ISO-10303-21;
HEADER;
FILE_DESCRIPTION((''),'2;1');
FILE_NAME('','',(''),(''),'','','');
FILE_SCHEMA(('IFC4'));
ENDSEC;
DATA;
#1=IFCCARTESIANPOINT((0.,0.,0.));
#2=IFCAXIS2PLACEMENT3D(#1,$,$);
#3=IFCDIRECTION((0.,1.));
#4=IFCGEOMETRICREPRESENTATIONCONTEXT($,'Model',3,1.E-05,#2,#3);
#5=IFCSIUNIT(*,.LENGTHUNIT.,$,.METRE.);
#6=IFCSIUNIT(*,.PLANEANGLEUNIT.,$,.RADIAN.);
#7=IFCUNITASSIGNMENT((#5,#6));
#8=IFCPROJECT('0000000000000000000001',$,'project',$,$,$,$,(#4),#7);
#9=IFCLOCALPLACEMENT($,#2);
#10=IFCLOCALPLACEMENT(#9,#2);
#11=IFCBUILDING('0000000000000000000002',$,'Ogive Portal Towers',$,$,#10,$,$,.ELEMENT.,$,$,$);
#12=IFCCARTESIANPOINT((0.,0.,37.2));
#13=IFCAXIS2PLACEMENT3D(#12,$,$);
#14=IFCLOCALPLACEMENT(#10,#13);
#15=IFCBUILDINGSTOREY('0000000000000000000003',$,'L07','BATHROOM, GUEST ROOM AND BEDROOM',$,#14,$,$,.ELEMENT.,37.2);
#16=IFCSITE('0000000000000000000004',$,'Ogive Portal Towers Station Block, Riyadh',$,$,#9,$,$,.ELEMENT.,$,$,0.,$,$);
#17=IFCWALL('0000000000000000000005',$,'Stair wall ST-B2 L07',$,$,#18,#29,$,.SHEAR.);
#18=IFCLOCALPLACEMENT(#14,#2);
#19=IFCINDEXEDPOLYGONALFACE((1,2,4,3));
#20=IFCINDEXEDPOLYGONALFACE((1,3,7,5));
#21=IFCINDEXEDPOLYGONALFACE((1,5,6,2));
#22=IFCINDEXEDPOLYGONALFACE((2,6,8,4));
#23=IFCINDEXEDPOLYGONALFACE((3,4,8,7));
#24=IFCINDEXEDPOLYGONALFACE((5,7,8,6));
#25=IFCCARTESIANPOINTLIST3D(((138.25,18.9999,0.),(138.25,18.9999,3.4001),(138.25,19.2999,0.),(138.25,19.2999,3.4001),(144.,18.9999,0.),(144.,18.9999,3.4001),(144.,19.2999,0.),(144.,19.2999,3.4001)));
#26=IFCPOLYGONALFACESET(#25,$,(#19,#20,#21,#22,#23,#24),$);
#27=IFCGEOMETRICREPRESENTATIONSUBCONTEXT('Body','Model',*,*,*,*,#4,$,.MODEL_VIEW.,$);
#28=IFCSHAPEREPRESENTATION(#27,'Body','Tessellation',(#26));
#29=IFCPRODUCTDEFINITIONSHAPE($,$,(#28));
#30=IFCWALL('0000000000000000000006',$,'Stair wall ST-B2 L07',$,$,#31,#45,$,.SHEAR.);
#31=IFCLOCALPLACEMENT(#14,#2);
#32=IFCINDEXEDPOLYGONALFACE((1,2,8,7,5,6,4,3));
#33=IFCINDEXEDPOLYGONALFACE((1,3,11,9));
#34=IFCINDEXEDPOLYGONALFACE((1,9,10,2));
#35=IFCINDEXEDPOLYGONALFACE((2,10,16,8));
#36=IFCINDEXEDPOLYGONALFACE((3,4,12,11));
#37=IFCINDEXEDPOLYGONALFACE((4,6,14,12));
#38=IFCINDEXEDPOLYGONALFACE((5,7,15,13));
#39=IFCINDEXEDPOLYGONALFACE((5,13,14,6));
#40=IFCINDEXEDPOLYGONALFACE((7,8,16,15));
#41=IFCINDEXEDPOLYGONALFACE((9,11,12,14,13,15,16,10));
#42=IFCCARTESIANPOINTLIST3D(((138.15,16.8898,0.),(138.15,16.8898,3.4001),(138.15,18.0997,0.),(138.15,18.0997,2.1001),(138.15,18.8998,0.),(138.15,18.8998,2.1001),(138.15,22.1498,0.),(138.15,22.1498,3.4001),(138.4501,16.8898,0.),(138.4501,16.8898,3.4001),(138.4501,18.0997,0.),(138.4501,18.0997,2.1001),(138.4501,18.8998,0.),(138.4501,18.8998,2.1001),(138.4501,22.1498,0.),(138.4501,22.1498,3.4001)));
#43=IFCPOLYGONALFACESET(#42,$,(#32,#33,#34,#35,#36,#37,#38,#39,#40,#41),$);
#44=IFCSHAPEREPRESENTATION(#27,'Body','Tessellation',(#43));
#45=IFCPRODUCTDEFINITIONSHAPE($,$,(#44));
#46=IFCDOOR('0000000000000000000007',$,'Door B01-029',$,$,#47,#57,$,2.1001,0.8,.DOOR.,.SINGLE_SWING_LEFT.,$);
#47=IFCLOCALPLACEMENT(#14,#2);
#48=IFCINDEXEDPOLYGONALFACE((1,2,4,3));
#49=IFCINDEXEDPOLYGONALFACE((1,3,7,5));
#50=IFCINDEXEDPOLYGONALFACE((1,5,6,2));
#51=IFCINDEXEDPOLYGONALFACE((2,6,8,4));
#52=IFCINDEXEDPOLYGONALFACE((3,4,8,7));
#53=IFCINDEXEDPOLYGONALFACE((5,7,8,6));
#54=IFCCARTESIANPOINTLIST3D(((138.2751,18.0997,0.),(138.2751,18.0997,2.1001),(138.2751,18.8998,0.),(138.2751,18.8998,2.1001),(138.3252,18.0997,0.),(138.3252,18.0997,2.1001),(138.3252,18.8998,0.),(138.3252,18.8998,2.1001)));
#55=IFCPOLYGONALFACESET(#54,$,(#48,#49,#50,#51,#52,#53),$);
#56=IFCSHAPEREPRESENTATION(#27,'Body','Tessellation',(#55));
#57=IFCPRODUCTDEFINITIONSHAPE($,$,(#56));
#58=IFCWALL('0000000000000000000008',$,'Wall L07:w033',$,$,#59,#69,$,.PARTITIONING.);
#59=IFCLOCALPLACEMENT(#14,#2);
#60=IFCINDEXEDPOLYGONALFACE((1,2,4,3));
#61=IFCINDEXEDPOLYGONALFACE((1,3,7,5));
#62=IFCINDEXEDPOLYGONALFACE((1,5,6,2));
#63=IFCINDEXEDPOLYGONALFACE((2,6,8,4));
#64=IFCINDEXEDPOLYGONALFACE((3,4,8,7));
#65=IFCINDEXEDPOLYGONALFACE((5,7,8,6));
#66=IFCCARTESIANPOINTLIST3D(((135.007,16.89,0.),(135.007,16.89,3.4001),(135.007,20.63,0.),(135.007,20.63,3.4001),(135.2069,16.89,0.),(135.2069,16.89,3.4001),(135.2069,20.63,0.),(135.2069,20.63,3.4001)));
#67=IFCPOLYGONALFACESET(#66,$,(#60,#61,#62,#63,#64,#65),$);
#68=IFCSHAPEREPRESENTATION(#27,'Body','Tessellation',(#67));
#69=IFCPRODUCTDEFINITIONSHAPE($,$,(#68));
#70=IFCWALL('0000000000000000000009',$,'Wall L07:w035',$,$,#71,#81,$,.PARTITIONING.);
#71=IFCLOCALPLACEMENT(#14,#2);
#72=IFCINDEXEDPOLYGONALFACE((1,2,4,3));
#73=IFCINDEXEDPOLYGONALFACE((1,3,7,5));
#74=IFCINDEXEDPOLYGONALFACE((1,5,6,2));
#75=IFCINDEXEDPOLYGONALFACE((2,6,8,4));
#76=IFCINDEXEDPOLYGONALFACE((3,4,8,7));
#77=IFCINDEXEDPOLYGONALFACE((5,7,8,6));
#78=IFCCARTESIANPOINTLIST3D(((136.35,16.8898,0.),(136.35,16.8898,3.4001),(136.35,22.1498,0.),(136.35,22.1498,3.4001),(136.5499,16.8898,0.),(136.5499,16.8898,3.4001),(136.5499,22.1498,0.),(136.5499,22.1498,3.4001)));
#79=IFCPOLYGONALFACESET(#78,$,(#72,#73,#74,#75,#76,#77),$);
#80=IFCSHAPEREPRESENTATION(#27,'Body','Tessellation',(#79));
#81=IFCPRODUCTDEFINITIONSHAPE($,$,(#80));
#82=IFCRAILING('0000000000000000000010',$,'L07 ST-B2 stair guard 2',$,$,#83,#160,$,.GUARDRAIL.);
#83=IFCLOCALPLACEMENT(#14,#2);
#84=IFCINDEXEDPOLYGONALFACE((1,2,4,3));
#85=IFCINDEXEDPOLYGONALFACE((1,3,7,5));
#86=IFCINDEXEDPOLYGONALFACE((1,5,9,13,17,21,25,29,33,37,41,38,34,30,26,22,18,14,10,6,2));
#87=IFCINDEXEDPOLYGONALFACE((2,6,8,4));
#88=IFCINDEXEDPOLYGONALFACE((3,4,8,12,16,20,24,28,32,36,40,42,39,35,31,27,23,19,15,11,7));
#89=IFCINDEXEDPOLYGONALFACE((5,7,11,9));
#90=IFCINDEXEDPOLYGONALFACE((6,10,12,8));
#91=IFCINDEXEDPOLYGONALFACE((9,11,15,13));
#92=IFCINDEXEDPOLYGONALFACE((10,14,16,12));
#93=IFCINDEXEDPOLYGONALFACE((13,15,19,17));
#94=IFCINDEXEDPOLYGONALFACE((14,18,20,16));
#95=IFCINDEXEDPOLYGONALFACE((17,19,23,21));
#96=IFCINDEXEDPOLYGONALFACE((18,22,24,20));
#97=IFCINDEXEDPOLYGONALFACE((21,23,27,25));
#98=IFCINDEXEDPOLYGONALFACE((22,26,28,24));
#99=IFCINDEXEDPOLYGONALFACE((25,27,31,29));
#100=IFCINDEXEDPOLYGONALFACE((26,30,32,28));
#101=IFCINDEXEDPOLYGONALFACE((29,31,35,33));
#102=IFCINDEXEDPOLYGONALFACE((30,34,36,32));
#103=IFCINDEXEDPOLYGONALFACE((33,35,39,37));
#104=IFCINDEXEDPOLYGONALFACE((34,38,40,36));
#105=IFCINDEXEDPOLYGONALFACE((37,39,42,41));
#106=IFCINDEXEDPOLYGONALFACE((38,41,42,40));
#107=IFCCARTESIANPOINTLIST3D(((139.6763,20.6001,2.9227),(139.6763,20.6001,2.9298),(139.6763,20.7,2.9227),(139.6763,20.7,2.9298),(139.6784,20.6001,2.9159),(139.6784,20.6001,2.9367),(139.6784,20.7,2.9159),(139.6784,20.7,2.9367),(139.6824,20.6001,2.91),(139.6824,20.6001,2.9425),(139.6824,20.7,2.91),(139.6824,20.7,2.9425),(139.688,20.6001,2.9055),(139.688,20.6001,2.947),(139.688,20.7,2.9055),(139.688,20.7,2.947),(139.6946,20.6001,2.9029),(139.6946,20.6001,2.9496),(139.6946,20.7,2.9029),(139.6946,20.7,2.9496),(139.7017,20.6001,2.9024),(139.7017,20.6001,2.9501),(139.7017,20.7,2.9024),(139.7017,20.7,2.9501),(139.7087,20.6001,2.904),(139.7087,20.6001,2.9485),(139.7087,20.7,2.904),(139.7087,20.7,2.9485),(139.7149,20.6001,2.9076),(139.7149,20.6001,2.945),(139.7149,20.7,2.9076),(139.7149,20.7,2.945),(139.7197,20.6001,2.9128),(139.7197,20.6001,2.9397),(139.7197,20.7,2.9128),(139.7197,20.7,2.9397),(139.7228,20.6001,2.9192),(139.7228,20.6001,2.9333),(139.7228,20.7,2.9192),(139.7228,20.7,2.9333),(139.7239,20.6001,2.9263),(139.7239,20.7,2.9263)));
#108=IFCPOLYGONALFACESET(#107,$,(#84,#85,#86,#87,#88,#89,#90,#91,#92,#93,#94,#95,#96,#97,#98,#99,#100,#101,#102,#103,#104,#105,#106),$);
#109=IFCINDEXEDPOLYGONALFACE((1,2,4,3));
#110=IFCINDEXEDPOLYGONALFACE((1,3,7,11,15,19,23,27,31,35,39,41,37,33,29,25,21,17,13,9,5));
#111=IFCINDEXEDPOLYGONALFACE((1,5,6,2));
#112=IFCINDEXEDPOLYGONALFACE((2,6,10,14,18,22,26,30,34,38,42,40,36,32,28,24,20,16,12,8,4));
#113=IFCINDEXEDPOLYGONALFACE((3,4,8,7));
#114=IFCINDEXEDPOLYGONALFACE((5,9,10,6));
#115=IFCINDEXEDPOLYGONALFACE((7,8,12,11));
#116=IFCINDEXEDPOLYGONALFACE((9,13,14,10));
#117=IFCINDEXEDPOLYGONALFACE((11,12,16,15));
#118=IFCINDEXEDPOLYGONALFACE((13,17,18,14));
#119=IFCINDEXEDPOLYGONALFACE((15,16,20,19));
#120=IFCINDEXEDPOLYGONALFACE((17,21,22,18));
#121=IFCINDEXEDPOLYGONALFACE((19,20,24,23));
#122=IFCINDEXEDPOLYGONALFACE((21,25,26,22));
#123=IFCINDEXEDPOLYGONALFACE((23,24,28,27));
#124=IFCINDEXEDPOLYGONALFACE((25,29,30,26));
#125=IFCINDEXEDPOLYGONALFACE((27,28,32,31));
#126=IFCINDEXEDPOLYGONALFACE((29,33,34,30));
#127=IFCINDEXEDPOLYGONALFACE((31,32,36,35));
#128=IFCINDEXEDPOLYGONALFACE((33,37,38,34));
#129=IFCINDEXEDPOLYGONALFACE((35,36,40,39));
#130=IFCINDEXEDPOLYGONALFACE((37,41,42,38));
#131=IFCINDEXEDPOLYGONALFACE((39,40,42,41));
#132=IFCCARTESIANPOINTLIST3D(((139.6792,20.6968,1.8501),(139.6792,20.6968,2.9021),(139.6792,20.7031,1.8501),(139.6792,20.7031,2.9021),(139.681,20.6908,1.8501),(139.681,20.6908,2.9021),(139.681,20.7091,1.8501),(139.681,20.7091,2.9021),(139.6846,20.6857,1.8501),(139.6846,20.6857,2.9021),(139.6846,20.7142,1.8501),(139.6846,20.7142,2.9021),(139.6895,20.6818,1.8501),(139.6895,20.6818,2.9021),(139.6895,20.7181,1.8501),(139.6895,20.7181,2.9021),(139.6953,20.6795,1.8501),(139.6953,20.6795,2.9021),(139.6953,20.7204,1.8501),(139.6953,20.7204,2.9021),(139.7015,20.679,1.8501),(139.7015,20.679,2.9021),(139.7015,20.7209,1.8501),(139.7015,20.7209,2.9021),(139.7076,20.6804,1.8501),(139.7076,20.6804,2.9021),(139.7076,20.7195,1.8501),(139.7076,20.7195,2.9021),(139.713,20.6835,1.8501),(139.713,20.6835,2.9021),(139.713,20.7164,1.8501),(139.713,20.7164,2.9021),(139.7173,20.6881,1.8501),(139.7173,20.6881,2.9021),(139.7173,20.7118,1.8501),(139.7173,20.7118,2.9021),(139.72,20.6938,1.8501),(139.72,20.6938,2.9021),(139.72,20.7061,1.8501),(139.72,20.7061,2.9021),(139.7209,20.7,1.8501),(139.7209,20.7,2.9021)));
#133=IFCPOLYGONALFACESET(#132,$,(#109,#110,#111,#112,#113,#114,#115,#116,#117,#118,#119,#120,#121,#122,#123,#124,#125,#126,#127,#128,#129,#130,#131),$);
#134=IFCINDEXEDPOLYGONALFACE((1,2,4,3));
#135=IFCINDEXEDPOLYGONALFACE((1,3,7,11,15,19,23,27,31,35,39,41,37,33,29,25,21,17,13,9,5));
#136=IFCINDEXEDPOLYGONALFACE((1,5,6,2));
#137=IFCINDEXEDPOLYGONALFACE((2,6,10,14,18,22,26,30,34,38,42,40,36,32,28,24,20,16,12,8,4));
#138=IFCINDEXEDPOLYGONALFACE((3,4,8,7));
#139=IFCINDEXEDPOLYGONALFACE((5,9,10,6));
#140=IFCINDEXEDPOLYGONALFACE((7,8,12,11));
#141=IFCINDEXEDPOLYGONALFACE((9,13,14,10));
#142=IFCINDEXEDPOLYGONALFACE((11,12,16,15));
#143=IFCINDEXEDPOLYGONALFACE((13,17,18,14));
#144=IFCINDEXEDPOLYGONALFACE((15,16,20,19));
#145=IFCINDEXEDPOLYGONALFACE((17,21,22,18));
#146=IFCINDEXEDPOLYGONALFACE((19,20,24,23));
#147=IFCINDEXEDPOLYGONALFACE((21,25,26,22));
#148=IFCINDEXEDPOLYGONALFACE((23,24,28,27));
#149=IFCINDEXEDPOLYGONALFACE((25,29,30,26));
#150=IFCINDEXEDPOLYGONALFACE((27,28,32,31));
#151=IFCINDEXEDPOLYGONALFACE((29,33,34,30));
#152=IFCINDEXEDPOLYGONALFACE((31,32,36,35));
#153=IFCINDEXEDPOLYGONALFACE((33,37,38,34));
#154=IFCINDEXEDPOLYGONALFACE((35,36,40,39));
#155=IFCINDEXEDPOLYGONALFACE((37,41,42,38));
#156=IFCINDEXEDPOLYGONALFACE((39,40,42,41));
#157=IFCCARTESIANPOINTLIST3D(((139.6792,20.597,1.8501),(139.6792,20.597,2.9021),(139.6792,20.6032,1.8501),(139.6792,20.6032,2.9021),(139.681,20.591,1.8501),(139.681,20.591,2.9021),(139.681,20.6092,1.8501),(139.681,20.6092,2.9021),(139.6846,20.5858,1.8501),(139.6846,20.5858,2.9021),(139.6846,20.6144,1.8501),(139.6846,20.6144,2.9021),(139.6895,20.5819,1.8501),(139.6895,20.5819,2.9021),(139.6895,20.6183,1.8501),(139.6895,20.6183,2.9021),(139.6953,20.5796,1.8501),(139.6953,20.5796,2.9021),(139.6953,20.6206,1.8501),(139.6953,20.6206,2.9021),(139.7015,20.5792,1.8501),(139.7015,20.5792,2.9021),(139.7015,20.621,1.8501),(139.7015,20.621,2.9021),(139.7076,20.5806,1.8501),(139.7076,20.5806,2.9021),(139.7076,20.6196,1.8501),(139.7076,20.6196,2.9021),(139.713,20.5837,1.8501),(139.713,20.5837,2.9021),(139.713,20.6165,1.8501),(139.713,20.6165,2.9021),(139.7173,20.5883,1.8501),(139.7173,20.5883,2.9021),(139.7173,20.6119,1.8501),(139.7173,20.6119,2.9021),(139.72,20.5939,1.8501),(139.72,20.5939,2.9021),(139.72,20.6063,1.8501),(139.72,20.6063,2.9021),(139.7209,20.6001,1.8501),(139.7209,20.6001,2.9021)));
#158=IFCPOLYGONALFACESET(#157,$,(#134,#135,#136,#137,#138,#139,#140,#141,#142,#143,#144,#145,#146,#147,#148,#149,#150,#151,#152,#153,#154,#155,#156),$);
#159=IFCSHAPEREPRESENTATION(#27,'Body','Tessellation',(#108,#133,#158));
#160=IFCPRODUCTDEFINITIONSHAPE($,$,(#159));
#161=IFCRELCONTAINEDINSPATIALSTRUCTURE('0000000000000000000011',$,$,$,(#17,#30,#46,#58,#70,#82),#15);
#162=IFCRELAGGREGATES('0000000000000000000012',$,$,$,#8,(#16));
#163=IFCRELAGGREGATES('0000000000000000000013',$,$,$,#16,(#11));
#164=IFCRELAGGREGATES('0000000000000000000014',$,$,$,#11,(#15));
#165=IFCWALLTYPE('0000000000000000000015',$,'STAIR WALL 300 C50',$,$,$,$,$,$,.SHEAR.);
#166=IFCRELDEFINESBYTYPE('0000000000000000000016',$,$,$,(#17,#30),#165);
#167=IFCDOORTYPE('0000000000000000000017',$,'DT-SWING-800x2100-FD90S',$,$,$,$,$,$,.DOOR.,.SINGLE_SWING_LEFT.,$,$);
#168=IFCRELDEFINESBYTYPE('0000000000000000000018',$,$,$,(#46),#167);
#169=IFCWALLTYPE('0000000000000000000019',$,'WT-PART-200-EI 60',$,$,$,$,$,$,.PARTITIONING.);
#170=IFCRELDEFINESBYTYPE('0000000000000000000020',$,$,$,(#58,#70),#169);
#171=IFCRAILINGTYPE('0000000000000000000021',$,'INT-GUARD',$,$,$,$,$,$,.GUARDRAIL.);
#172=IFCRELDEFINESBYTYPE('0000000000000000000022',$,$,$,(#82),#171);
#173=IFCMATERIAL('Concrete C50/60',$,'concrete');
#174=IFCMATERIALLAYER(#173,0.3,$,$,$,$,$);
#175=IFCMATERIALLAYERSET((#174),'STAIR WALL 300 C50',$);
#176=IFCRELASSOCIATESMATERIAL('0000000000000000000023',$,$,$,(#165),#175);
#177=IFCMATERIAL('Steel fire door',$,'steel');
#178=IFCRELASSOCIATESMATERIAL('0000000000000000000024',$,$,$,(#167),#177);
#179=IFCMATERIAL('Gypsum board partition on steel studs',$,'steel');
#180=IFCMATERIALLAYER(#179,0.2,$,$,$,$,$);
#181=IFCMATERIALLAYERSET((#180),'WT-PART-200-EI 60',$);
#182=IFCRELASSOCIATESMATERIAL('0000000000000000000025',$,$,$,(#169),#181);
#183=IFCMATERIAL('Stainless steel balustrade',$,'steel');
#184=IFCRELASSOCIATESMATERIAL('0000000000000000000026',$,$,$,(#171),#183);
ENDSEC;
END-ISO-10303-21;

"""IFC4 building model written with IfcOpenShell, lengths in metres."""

from ifc_helpers import new_model, si_unit, direction, frame, frame_2d, origin, origin_2d, place, context, subcontext, project, spatial, rectangle, circle, extrude, material, layer, layer_set, type_object, element, fill, save


model = new_model("IFC4")

# Units and contexts
model_context = context("Model", 3, precision=1e-05, world=origin(), true_north=direction((0.0, 1.0)))
body_context = subcontext(model_context, "Body", "Model", "MODEL_VIEW")
ifc_project = project(units=[si_unit("LENGTHUNIT", "METRE"), si_unit("PLANEANGLEUNIT", "RADIAN")], contexts=[model_context])

# Site, building, storey
site_placement = place(None, origin())
site = spatial("IfcSite", under=ifc_project, at=site_placement, Name="Ogive Portal Towers Station Block, Riyadh", CompositionType="ELEMENT", RefElevation=0.0)
building_placement = place(site_placement, origin())
building = spatial("IfcBuilding", under=site, at=building_placement, Name="Ogive Portal Towers", CompositionType="ELEMENT")
storey_placement = place(building_placement, frame((0.0, 0.0, 37.2)))
storey = spatial("IfcBuildingStorey", under=building, at=storey_placement, Name="L07", Description="BATHROOM, GUEST ROOM AND BEDROOM", CompositionType="ELEMENT", Elevation=37.2)

# Shared definitions
ifc_material_1 = material(Name="Concrete C50/60", Category="concrete")

# Shared definitions
ifc_material_2 = material(Name="Steel fire door", Category="steel")

# Wall
ifc_layer_1 = layer(ifc_material_1, 0.3)
ifc_layer_set_1 = layer_set([ifc_layer_1], Name="STAIR WALL 300 C50")
wall_type_1 = type_object("IfcWallType", Name="STAIR WALL 300 C50", PredefinedType="SHEAR", material=ifc_layer_set_1)
wall_1_placement = place(storey_placement, frame((138.25, 19.1499, 0.0), z_axis=(0.0, 0.0, 1.0), x_axis=(1.0, 0.0, 0.0)))
element("IfcWall", 1, at=wall_1_placement, inside=storey, type_object=wall_type_1, Name="Stair wall ST-B2 L07", PredefinedType="SHEAR", context=body_context, shape_type="SweptSolid", body=[
    extrude(rectangle(XDim=5.75, YDim=0.3, at=frame_2d((2.875, 0.0))), origin(), (0.0, 0.0, 1.0), 3.4001),
])

# Wall, opening, door
wall_2_placement = place(storey_placement, frame((138.3, 16.8899, 0.0), z_axis=(0.0, 0.0, 1.0), x_axis=(0.0, 1.0, 0.0)))
wall_2 = element("IfcWall", 2, at=wall_2_placement, inside=storey, type_object=wall_type_1, Name="Stair wall ST-B2 L07", PredefinedType="SHEAR", context=body_context, shape_type="SweptSolid", body=[
    extrude(rectangle(XDim=5.26, YDim=0.3, at=frame_2d((2.6299, 0.0))), origin(), (0.0, 0.0, 1.0), 3.4001),
])
opening_1_placement = place(wall_2_placement, frame((1.21, 0.0, 0.0)))
opening_1 = element("IfcOpeningElement", 3, at=opening_1_placement, cuts=wall_2, PredefinedType="OPENING", context=body_context, shape_type="SweptSolid", body=[
    extrude(rectangle(XDim=0.8, YDim=2.1001, at=frame_2d((0.3999, 1.05))), frame((0.0, 0.1602, 0.0), z_axis=(0.0, -1.0, 0.0), x_axis=(1.0, 0.0, 0.0)), (0.0, 0.0, 1.0), 0.3201),
])
door_type_1 = type_object("IfcDoorType", Name="DT-SWING-800x2100-FD90S", OperationType="SINGLE_SWING_LEFT", PredefinedType="DOOR", material=ifc_material_2)
door_1_placement = place(opening_1_placement, origin())
door_1 = element("IfcDoor", 4, at=door_1_placement, inside=storey, type_object=door_type_1, Name="Door B01-029", OperationType="SINGLE_SWING_LEFT", OverallHeight=2.1001, OverallWidth=0.8, PredefinedType="DOOR", context=body_context, shape_type="SweptSolid", body=[
    extrude(rectangle(XDim=0.8, YDim=2.1001, at=frame_2d((0.3999, 1.05))), frame((0.0, 0.0249, 0.0), z_axis=(0.0, -1.0, 0.0), x_axis=(1.0, 0.0, 0.0)), (0.0, 0.0, 1.0), 0.05),
])
fill(opening_1, door_1)

# Walls
ifc_material_3 = material(Name="Gypsum board partition on steel studs", Category="steel")
ifc_layer_2 = layer(ifc_material_3, 0.2)
ifc_layer_set_2 = layer_set([ifc_layer_2], Name="WT-PART-200-EI 60")
wall_type_2 = type_object("IfcWallType", Name="WT-PART-200-EI 60", PredefinedType="PARTITIONING", material=ifc_layer_set_2)
wall_3_placement = place(storey_placement, frame((135.1069, 16.8899, 0.0), z_axis=(0.0, 0.0, 1.0), x_axis=(0.0, 1.0, 0.0)))
element("IfcWall", 5, at=wall_3_placement, inside=storey, type_object=wall_type_2, Name="Wall L07:w033", PredefinedType="PARTITIONING", context=body_context, shape_type="SweptSolid", body=[
    extrude(rectangle(XDim=3.74, YDim=0.2, at=frame_2d((1.8701, 0.0))), origin(), (0.0, 0.0, 1.0), 3.4001),
])
wall_4_placement = place(storey_placement, frame((136.45, 16.8899, 0.0), z_axis=(0.0, 0.0, 1.0), x_axis=(0.0, 1.0, 0.0)))
element("IfcWall", 6, at=wall_4_placement, inside=storey, type_object=wall_type_2, Name="Wall L07:w035", PredefinedType="PARTITIONING", context=body_context, shape_type="SweptSolid", body=[
    extrude(rectangle(XDim=5.26, YDim=0.2, at=frame_2d((2.6299, 0.0))), origin(), (0.0, 0.0, 1.0), 3.4001),
])

# Railing
ifc_material_4 = material(Name="Stainless steel balustrade", Category="steel")
railing_type_1 = type_object("IfcRailingType", Name="INT-GUARD", PredefinedType="GUARDRAIL", material=ifc_material_4)
railing_1_placement = place(storey_placement, frame((139.7, 20.7, 1.8501)))
element("IfcRailing", 7, at=railing_1_placement, inside=storey, type_object=railing_type_1, Name="L07 ST-B2 stair guard 2", PredefinedType="GUARDRAIL", context=body_context, shape_type="SweptSolid", body=[
    extrude(circle(Radius=0.0239, at=origin_2d()), frame((0.0, 0.0, 1.0762), z_axis=(0.0, -1.0, 0.0), x_axis=(1.0, 0.0, 0.0)), (0.0, 0.0, 1.0), 0.0999),
    extrude(circle(Radius=0.021, at=origin_2d()), origin(), (0.0, 0.0, 1.0), 1.052),
    extrude(circle(Radius=0.021, at=origin_2d()), frame((0.0, -0.0999, 0.0)), (0.0, 0.0, 1.0), 1.052),
])

save(model, "model.ifc")
